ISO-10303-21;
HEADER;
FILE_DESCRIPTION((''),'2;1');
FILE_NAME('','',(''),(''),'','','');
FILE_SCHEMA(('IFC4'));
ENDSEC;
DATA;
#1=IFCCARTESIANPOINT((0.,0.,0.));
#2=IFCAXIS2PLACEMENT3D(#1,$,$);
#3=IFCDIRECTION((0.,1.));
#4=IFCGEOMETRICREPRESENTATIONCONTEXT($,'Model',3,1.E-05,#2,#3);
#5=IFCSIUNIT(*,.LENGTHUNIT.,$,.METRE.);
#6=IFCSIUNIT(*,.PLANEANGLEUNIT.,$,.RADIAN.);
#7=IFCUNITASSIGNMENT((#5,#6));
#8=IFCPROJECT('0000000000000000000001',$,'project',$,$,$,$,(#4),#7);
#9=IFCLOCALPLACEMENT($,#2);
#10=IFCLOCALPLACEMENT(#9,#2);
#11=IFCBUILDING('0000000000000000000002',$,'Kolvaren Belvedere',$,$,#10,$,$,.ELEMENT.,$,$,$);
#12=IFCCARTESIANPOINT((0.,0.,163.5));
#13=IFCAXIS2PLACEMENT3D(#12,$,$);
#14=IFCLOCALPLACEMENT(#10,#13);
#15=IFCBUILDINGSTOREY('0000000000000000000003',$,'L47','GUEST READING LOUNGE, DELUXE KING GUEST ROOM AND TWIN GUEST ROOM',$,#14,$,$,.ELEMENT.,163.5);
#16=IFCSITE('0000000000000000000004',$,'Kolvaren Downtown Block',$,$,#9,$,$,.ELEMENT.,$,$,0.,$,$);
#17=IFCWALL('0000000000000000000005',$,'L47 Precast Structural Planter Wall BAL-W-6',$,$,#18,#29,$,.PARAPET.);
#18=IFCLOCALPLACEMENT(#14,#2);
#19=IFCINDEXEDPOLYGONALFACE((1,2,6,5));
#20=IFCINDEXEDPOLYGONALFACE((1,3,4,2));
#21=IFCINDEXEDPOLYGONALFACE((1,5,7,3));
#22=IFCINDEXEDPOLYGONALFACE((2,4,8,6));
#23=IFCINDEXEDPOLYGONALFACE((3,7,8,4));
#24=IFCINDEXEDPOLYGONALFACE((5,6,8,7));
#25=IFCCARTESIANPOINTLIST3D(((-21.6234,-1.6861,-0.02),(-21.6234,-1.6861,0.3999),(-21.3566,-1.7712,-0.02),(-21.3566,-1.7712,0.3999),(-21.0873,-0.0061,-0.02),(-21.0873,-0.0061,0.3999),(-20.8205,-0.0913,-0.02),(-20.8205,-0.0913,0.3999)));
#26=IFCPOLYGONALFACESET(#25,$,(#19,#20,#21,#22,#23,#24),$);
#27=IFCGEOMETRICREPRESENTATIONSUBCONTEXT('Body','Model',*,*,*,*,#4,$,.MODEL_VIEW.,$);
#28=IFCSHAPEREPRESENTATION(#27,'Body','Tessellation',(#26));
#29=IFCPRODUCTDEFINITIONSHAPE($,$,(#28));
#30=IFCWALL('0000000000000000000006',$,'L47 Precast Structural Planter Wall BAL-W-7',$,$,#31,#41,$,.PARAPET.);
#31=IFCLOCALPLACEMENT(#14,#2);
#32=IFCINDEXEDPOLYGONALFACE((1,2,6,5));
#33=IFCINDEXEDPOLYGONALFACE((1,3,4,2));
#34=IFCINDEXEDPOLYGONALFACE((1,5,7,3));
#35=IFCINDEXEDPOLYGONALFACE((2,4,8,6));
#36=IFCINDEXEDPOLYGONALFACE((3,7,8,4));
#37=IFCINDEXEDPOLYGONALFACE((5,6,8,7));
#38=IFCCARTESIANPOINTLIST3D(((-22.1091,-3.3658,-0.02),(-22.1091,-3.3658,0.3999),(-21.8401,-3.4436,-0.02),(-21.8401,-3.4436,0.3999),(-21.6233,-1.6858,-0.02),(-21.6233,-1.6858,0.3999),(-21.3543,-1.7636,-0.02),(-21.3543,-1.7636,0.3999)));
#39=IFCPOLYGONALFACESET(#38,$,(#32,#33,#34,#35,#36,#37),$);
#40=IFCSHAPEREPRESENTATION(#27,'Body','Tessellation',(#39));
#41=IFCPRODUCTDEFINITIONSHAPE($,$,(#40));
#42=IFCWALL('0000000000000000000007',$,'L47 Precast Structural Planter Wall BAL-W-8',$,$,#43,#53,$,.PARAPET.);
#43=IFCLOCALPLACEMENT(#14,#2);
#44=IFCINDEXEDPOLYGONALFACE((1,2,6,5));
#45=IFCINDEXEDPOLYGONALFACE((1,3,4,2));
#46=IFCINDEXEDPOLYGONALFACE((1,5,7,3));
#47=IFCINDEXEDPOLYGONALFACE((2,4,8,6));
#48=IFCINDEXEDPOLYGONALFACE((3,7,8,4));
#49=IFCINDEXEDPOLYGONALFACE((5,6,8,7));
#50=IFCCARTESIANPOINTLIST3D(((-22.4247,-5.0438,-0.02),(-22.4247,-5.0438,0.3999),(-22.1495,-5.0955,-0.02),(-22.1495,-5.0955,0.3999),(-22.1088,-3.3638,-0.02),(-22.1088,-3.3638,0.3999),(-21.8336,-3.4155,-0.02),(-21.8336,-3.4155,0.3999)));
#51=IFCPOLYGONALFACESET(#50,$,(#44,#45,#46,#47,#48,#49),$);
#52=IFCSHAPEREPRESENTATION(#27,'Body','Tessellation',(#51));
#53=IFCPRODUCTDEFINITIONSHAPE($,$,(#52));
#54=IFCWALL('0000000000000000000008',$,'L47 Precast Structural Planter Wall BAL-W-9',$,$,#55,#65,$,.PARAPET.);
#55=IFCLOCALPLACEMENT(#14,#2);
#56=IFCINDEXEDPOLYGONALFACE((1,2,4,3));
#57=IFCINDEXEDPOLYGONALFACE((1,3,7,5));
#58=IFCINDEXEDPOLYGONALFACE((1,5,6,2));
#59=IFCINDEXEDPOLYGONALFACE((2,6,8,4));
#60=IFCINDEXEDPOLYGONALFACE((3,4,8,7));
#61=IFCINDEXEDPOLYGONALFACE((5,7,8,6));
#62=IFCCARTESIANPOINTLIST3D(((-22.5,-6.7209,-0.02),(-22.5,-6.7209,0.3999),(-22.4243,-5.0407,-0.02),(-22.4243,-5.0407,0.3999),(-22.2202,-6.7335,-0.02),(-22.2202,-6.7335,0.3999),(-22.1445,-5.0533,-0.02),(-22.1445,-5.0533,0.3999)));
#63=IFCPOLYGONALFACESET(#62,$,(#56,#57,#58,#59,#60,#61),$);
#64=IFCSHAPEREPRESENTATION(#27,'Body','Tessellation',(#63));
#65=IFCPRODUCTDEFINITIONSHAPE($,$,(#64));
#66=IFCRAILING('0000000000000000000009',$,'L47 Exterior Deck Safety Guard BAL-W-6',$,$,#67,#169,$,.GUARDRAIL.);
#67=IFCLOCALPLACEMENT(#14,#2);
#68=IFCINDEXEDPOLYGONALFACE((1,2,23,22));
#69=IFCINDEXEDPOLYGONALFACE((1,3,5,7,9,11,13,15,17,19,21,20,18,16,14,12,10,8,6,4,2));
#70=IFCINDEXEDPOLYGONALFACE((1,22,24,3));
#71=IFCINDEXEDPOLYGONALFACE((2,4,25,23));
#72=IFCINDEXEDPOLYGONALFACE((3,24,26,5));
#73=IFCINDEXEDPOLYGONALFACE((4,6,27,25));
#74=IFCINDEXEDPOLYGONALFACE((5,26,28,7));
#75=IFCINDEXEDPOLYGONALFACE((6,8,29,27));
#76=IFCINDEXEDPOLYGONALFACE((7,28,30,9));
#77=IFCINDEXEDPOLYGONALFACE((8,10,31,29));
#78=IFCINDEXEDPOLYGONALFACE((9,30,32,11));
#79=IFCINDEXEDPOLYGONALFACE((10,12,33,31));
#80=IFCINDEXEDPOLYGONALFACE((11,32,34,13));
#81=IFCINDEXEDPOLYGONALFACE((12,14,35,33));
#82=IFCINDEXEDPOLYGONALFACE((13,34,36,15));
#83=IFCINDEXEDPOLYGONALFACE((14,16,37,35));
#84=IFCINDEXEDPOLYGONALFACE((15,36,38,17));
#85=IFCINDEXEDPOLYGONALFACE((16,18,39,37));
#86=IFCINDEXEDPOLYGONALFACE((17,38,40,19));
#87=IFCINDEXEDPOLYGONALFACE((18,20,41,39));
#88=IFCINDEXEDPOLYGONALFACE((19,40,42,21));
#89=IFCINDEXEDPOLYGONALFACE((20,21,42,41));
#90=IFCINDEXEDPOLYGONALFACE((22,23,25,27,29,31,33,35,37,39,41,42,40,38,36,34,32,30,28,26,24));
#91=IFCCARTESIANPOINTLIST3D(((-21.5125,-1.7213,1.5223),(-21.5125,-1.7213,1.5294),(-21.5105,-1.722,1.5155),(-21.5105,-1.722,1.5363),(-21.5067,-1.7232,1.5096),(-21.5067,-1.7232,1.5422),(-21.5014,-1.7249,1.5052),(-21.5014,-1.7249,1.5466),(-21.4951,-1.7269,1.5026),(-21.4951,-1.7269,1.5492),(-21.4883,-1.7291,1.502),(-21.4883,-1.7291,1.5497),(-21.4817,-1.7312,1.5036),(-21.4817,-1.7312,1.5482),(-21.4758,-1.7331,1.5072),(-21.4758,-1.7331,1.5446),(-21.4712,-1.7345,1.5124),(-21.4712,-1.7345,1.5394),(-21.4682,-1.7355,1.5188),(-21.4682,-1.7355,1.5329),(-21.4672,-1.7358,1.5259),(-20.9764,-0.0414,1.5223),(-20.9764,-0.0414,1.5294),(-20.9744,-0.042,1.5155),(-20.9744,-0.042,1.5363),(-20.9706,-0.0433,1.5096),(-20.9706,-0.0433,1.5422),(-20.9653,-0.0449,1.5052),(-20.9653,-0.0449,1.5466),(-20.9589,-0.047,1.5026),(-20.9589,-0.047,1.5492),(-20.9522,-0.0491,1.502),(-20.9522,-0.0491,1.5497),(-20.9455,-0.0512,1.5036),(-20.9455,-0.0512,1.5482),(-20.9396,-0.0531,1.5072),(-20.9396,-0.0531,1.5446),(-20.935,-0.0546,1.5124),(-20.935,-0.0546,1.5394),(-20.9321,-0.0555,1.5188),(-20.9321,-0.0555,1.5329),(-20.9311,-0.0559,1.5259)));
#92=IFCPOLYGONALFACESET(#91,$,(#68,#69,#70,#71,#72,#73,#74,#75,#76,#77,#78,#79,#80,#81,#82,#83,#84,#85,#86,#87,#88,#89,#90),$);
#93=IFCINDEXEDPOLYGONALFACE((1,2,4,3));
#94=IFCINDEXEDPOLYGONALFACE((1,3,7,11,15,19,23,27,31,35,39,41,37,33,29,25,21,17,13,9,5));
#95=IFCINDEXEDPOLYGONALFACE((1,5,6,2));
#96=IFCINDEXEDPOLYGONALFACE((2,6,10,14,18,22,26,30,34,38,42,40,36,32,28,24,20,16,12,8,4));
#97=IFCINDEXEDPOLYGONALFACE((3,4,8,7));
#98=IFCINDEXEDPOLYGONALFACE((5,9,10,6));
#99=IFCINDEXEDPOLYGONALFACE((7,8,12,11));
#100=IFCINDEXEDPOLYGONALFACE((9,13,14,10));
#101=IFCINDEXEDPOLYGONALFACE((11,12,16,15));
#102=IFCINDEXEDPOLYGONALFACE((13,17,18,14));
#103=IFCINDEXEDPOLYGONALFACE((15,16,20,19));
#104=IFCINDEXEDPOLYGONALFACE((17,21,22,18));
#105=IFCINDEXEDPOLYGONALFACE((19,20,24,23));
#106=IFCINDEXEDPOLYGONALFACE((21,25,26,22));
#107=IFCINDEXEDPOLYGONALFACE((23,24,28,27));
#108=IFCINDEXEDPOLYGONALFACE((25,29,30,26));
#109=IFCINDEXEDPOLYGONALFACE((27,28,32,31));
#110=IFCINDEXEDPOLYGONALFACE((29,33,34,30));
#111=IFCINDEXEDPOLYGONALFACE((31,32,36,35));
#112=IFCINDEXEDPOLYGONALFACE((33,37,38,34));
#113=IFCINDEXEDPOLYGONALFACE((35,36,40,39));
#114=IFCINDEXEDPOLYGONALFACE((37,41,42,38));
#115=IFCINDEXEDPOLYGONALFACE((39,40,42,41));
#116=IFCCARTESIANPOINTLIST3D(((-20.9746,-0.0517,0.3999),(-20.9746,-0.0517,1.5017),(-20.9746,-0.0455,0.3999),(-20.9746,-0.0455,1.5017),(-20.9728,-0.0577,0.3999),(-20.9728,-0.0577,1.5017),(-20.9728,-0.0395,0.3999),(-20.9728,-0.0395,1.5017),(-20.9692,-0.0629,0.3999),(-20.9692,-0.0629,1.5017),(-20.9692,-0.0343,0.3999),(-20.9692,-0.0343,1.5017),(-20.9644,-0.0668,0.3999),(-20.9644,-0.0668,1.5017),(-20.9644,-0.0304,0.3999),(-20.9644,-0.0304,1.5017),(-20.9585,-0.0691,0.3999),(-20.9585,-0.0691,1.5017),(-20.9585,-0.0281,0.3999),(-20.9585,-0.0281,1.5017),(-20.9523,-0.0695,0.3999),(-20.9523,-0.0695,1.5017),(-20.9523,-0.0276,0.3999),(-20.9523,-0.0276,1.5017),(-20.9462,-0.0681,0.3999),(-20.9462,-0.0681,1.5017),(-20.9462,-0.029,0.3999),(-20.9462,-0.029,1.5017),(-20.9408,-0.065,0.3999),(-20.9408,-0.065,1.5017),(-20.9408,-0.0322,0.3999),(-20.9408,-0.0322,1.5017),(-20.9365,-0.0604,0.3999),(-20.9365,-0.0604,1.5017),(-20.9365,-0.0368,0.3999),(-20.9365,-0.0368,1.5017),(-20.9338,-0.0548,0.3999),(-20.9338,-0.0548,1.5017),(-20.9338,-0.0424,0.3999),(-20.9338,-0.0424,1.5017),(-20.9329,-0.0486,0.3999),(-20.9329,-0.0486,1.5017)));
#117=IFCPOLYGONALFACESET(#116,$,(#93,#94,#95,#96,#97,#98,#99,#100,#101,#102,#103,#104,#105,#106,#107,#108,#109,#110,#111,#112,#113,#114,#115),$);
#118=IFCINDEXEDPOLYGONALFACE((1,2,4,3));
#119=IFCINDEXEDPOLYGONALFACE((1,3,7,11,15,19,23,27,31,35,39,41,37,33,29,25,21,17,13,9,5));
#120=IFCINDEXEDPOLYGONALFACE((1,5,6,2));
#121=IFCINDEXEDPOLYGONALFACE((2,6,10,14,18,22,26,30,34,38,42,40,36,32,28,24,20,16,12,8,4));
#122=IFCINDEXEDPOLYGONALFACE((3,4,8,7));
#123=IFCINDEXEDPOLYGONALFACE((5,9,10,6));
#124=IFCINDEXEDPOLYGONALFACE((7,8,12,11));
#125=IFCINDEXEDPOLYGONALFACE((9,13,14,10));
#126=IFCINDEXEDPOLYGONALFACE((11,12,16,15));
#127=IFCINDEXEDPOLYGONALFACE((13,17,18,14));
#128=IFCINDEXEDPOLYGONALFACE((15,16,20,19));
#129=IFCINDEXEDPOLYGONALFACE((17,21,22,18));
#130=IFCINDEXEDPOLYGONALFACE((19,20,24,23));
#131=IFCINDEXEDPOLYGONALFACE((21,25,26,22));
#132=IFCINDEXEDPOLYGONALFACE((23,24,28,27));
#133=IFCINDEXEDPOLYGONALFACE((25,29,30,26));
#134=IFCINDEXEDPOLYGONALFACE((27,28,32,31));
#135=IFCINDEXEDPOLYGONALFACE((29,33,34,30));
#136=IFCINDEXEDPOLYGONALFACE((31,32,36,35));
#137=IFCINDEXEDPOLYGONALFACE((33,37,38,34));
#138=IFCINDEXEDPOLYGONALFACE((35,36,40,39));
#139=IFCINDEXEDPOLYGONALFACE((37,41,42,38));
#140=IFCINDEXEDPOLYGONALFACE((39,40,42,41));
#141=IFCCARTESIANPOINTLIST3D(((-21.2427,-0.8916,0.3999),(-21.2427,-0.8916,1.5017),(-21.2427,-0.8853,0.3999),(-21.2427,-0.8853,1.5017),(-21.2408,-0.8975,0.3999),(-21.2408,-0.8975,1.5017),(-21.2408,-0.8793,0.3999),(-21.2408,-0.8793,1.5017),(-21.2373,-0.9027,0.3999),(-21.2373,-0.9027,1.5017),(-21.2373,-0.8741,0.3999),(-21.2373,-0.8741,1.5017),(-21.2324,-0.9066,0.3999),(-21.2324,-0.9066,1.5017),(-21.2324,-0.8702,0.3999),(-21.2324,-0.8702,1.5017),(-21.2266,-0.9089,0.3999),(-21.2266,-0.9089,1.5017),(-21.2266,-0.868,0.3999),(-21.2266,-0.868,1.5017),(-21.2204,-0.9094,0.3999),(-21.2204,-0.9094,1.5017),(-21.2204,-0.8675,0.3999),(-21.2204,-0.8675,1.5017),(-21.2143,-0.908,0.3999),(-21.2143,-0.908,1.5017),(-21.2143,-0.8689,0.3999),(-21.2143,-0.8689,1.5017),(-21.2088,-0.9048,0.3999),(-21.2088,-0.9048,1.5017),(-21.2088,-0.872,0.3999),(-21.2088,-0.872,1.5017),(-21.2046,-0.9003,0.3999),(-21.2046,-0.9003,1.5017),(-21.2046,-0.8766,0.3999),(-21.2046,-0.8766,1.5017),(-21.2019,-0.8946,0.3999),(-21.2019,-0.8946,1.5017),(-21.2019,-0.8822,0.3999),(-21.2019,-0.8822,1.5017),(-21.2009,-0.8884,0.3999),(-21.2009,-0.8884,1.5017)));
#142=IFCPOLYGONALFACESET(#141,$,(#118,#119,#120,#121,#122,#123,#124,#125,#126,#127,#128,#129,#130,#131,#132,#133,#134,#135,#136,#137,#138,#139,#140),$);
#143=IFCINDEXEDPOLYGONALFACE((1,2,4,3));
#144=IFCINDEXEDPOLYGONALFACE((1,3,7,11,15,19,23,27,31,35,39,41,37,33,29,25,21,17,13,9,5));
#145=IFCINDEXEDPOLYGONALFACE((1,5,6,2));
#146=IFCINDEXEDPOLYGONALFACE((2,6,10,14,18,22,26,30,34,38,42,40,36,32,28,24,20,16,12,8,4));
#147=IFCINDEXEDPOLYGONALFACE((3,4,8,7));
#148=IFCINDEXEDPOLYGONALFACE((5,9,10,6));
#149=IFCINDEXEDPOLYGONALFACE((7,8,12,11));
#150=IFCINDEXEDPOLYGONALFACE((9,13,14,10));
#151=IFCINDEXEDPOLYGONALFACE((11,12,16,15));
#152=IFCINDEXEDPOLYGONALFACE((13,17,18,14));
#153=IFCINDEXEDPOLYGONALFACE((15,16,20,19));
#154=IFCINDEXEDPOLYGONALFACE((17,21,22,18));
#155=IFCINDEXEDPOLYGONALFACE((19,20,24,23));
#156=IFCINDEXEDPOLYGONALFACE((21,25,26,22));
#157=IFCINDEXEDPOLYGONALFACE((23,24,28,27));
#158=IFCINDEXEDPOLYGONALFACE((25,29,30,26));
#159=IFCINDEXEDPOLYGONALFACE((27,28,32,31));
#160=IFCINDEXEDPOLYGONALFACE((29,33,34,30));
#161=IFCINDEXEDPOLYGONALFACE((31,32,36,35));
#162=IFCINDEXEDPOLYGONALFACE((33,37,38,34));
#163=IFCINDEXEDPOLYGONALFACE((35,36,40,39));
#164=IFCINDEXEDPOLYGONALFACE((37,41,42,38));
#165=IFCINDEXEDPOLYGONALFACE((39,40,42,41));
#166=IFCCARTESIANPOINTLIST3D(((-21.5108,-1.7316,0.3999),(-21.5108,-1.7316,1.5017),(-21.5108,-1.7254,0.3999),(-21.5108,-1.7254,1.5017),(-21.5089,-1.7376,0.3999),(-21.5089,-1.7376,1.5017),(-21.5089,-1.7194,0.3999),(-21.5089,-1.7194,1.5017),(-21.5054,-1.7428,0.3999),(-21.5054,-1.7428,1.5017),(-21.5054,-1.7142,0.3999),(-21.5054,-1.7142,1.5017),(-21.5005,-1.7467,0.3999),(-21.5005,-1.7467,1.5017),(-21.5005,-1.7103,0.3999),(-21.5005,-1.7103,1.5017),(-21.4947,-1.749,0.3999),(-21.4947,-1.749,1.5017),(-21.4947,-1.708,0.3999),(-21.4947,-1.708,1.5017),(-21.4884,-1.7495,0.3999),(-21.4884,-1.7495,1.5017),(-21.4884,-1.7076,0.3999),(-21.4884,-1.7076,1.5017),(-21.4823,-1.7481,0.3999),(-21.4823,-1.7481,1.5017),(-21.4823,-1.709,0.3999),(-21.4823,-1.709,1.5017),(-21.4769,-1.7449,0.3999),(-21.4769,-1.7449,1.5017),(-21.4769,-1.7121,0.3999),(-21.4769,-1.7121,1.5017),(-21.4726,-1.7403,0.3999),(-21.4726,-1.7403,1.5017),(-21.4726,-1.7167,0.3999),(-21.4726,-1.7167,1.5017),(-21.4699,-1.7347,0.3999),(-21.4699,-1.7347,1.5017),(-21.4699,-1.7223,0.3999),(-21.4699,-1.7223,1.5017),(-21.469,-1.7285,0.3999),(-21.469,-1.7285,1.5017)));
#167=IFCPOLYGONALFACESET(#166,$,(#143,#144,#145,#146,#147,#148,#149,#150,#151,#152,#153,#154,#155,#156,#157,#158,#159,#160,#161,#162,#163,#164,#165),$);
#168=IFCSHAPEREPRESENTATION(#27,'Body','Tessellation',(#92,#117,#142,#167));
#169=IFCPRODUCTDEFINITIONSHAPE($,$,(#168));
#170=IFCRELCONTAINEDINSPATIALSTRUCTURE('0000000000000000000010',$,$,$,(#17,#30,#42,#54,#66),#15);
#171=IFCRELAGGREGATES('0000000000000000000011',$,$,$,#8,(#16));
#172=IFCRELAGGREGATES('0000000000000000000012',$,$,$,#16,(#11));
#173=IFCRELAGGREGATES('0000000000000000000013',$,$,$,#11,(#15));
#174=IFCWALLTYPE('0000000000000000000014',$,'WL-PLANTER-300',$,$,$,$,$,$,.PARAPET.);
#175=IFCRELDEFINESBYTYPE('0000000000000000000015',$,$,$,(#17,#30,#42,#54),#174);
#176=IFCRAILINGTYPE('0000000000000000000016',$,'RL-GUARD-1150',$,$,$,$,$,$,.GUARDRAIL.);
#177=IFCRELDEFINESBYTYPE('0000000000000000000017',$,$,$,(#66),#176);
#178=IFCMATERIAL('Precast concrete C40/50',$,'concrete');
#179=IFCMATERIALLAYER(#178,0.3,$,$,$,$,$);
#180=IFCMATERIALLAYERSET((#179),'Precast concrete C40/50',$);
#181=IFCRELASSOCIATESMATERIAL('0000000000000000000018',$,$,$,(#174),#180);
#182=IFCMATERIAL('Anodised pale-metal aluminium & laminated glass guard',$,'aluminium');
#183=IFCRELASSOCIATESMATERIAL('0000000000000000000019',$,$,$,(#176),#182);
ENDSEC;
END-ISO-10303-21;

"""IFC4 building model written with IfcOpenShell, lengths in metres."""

from ifc_helpers import new_model, si_unit, direction, frame, frame_2d, origin, origin_2d, place, context, subcontext, project, spatial, rectangle, circle, extrude, material, layer, layer_set, type_object, element, save


model = new_model("IFC4")

# Units and contexts
model_context = context("Model", 3, precision=1e-05, world=origin(), true_north=direction((0.0, 1.0)))
body_context = subcontext(model_context, "Body", "Model", "MODEL_VIEW")
ifc_project = project(units=[si_unit("LENGTHUNIT", "METRE"), si_unit("PLANEANGLEUNIT", "RADIAN")], contexts=[model_context])

# Site, building, storey
site_placement = place(None, origin())
site = spatial("IfcSite", under=ifc_project, at=site_placement, Name="Kolvaren Downtown Block", CompositionType="ELEMENT", RefElevation=0.0)
building_placement = place(site_placement, origin())
building = spatial("IfcBuilding", under=site, at=building_placement, Name="Kolvaren Belvedere", CompositionType="ELEMENT")
storey_placement = place(building_placement, frame((0.0, 0.0, 163.5)))
storey = spatial("IfcBuildingStorey", under=building, at=storey_placement, Name="L47", Description="GUEST READING LOUNGE, DELUXE KING GUEST ROOM AND TWIN GUEST ROOM", CompositionType="ELEMENT", Elevation=163.5)

# Walls
ifc_material_1 = material(Name="Precast concrete C40/50", Category="concrete")
ifc_layer_1 = layer(ifc_material_1, 0.3)
ifc_layer_set_1 = layer_set([ifc_layer_1], Name="Precast concrete C40/50")
wall_type_1 = type_object("IfcWallType", Name="WL-PLANTER-300", PredefinedType="PARAPET", material=ifc_layer_set_1)
wall_1_placement = place(storey_placement, frame((-20.9539, -0.0486, -0.02), z_axis=(0.0, 0.0, 1.0), x_axis=(-0.304032, -0.952662, 0.0)))
element("IfcWall", 1, at=wall_1_placement, inside=storey, type_object=wall_type_1, Name="L47 Precast Structural Planter Wall BAL-W-6", PredefinedType="PARAPET", context=body_context, shape_type="SweptSolid", body=[
    extrude(rectangle(XDim=1.7634, YDim=0.28, at=frame_2d((0.8818, 0.0))), origin(), (0.0, 0.0, 1.0), 0.4199),
])
wall_2_placement = place(storey_placement, frame((-21.4888, -1.7246, -0.02), z_axis=(0.0, 0.0, 1.0), x_axis=(-0.277817, -0.960634, 0.0)))
element("IfcWall", 2, at=wall_2_placement, inside=storey, type_object=wall_type_1, Name="L47 Precast Structural Planter Wall BAL-W-7", PredefinedType="PARAPET", context=body_context, shape_type="SweptSolid", body=[
    extrude(rectangle(XDim=1.7488, YDim=0.28, at=frame_2d((0.8745, 0.0))), origin(), (0.0, 0.0, 1.0), 0.4199),
])
wall_3_placement = place(storey_placement, frame((-21.9712, -3.3896, -0.02), z_axis=(0.0, 0.0, 1.0), x_axis=(-0.184815, -0.982773, 0.0)))
element("IfcWall", 3, at=wall_3_placement, inside=storey, type_object=wall_type_1, Name="L47 Precast Structural Planter Wall BAL-W-8", PredefinedType="PARAPET", context=body_context, shape_type="SweptSolid", body=[
    extrude(rectangle(XDim=1.7095, YDim=0.28, at=frame_2d((0.8547, 0.0))), origin(), (0.0, 0.0, 1.0), 0.4199),
])
wall_4_placement = place(storey_placement, frame((-22.2844, -5.0471, -0.02), z_axis=(0.0, 0.0, 1.0), x_axis=(-0.044999, -0.998987, 0.0)))
element("IfcWall", 4, at=wall_4_placement, inside=storey, type_object=wall_type_1, Name="L47 Precast Structural Planter Wall BAL-W-9", PredefinedType="PARAPET", context=body_context, shape_type="SweptSolid", body=[
    extrude(rectangle(XDim=1.6819, YDim=0.28, at=frame_2d((0.8408, 0.0))), origin(), (0.0, 0.0, 1.0), 0.4199),
])

# Railing
ifc_material_2 = material(Name="Anodised pale-metal aluminium & laminated glass guard", Category="aluminium")
railing_type = type_object("IfcRailingType", Name="RL-GUARD-1150", PredefinedType="GUARDRAIL", material=ifc_material_2)
railing_1_placement = place(storey_placement, frame((-20.9539, -0.0486, 0.3999)))
element("IfcRailing", 5, at=railing_1_placement, inside=storey, type_object=railing_type, Name="L47 Exterior Deck Safety Guard BAL-W-6", PredefinedType="GUARDRAIL", context=body_context, shape_type="SweptSolid", body=[
    extrude(circle(Radius=0.0239, at=origin_2d()), frame((0.0, 0.0, 1.126), z_axis=(-0.304032, -0.952662, 0.0), x_axis=(0.952662, -0.304032, 0.0)), (0.0, 0.0, 1.0), 1.7634),
    extrude(circle(Radius=0.021, at=origin_2d()), origin(), (0.0, 0.0, 1.0), 1.1018),
    extrude(circle(Radius=0.021, at=origin_2d()), frame((-0.2681, -0.8398, 0.0)), (0.0, 0.0, 1.0), 1.1018),
    extrude(circle(Radius=0.021, at=origin_2d()), frame((-0.5361, -1.6799, 0.0)), (0.0, 0.0, 1.0), 1.1018),
])

save(model, "model.ifc")
